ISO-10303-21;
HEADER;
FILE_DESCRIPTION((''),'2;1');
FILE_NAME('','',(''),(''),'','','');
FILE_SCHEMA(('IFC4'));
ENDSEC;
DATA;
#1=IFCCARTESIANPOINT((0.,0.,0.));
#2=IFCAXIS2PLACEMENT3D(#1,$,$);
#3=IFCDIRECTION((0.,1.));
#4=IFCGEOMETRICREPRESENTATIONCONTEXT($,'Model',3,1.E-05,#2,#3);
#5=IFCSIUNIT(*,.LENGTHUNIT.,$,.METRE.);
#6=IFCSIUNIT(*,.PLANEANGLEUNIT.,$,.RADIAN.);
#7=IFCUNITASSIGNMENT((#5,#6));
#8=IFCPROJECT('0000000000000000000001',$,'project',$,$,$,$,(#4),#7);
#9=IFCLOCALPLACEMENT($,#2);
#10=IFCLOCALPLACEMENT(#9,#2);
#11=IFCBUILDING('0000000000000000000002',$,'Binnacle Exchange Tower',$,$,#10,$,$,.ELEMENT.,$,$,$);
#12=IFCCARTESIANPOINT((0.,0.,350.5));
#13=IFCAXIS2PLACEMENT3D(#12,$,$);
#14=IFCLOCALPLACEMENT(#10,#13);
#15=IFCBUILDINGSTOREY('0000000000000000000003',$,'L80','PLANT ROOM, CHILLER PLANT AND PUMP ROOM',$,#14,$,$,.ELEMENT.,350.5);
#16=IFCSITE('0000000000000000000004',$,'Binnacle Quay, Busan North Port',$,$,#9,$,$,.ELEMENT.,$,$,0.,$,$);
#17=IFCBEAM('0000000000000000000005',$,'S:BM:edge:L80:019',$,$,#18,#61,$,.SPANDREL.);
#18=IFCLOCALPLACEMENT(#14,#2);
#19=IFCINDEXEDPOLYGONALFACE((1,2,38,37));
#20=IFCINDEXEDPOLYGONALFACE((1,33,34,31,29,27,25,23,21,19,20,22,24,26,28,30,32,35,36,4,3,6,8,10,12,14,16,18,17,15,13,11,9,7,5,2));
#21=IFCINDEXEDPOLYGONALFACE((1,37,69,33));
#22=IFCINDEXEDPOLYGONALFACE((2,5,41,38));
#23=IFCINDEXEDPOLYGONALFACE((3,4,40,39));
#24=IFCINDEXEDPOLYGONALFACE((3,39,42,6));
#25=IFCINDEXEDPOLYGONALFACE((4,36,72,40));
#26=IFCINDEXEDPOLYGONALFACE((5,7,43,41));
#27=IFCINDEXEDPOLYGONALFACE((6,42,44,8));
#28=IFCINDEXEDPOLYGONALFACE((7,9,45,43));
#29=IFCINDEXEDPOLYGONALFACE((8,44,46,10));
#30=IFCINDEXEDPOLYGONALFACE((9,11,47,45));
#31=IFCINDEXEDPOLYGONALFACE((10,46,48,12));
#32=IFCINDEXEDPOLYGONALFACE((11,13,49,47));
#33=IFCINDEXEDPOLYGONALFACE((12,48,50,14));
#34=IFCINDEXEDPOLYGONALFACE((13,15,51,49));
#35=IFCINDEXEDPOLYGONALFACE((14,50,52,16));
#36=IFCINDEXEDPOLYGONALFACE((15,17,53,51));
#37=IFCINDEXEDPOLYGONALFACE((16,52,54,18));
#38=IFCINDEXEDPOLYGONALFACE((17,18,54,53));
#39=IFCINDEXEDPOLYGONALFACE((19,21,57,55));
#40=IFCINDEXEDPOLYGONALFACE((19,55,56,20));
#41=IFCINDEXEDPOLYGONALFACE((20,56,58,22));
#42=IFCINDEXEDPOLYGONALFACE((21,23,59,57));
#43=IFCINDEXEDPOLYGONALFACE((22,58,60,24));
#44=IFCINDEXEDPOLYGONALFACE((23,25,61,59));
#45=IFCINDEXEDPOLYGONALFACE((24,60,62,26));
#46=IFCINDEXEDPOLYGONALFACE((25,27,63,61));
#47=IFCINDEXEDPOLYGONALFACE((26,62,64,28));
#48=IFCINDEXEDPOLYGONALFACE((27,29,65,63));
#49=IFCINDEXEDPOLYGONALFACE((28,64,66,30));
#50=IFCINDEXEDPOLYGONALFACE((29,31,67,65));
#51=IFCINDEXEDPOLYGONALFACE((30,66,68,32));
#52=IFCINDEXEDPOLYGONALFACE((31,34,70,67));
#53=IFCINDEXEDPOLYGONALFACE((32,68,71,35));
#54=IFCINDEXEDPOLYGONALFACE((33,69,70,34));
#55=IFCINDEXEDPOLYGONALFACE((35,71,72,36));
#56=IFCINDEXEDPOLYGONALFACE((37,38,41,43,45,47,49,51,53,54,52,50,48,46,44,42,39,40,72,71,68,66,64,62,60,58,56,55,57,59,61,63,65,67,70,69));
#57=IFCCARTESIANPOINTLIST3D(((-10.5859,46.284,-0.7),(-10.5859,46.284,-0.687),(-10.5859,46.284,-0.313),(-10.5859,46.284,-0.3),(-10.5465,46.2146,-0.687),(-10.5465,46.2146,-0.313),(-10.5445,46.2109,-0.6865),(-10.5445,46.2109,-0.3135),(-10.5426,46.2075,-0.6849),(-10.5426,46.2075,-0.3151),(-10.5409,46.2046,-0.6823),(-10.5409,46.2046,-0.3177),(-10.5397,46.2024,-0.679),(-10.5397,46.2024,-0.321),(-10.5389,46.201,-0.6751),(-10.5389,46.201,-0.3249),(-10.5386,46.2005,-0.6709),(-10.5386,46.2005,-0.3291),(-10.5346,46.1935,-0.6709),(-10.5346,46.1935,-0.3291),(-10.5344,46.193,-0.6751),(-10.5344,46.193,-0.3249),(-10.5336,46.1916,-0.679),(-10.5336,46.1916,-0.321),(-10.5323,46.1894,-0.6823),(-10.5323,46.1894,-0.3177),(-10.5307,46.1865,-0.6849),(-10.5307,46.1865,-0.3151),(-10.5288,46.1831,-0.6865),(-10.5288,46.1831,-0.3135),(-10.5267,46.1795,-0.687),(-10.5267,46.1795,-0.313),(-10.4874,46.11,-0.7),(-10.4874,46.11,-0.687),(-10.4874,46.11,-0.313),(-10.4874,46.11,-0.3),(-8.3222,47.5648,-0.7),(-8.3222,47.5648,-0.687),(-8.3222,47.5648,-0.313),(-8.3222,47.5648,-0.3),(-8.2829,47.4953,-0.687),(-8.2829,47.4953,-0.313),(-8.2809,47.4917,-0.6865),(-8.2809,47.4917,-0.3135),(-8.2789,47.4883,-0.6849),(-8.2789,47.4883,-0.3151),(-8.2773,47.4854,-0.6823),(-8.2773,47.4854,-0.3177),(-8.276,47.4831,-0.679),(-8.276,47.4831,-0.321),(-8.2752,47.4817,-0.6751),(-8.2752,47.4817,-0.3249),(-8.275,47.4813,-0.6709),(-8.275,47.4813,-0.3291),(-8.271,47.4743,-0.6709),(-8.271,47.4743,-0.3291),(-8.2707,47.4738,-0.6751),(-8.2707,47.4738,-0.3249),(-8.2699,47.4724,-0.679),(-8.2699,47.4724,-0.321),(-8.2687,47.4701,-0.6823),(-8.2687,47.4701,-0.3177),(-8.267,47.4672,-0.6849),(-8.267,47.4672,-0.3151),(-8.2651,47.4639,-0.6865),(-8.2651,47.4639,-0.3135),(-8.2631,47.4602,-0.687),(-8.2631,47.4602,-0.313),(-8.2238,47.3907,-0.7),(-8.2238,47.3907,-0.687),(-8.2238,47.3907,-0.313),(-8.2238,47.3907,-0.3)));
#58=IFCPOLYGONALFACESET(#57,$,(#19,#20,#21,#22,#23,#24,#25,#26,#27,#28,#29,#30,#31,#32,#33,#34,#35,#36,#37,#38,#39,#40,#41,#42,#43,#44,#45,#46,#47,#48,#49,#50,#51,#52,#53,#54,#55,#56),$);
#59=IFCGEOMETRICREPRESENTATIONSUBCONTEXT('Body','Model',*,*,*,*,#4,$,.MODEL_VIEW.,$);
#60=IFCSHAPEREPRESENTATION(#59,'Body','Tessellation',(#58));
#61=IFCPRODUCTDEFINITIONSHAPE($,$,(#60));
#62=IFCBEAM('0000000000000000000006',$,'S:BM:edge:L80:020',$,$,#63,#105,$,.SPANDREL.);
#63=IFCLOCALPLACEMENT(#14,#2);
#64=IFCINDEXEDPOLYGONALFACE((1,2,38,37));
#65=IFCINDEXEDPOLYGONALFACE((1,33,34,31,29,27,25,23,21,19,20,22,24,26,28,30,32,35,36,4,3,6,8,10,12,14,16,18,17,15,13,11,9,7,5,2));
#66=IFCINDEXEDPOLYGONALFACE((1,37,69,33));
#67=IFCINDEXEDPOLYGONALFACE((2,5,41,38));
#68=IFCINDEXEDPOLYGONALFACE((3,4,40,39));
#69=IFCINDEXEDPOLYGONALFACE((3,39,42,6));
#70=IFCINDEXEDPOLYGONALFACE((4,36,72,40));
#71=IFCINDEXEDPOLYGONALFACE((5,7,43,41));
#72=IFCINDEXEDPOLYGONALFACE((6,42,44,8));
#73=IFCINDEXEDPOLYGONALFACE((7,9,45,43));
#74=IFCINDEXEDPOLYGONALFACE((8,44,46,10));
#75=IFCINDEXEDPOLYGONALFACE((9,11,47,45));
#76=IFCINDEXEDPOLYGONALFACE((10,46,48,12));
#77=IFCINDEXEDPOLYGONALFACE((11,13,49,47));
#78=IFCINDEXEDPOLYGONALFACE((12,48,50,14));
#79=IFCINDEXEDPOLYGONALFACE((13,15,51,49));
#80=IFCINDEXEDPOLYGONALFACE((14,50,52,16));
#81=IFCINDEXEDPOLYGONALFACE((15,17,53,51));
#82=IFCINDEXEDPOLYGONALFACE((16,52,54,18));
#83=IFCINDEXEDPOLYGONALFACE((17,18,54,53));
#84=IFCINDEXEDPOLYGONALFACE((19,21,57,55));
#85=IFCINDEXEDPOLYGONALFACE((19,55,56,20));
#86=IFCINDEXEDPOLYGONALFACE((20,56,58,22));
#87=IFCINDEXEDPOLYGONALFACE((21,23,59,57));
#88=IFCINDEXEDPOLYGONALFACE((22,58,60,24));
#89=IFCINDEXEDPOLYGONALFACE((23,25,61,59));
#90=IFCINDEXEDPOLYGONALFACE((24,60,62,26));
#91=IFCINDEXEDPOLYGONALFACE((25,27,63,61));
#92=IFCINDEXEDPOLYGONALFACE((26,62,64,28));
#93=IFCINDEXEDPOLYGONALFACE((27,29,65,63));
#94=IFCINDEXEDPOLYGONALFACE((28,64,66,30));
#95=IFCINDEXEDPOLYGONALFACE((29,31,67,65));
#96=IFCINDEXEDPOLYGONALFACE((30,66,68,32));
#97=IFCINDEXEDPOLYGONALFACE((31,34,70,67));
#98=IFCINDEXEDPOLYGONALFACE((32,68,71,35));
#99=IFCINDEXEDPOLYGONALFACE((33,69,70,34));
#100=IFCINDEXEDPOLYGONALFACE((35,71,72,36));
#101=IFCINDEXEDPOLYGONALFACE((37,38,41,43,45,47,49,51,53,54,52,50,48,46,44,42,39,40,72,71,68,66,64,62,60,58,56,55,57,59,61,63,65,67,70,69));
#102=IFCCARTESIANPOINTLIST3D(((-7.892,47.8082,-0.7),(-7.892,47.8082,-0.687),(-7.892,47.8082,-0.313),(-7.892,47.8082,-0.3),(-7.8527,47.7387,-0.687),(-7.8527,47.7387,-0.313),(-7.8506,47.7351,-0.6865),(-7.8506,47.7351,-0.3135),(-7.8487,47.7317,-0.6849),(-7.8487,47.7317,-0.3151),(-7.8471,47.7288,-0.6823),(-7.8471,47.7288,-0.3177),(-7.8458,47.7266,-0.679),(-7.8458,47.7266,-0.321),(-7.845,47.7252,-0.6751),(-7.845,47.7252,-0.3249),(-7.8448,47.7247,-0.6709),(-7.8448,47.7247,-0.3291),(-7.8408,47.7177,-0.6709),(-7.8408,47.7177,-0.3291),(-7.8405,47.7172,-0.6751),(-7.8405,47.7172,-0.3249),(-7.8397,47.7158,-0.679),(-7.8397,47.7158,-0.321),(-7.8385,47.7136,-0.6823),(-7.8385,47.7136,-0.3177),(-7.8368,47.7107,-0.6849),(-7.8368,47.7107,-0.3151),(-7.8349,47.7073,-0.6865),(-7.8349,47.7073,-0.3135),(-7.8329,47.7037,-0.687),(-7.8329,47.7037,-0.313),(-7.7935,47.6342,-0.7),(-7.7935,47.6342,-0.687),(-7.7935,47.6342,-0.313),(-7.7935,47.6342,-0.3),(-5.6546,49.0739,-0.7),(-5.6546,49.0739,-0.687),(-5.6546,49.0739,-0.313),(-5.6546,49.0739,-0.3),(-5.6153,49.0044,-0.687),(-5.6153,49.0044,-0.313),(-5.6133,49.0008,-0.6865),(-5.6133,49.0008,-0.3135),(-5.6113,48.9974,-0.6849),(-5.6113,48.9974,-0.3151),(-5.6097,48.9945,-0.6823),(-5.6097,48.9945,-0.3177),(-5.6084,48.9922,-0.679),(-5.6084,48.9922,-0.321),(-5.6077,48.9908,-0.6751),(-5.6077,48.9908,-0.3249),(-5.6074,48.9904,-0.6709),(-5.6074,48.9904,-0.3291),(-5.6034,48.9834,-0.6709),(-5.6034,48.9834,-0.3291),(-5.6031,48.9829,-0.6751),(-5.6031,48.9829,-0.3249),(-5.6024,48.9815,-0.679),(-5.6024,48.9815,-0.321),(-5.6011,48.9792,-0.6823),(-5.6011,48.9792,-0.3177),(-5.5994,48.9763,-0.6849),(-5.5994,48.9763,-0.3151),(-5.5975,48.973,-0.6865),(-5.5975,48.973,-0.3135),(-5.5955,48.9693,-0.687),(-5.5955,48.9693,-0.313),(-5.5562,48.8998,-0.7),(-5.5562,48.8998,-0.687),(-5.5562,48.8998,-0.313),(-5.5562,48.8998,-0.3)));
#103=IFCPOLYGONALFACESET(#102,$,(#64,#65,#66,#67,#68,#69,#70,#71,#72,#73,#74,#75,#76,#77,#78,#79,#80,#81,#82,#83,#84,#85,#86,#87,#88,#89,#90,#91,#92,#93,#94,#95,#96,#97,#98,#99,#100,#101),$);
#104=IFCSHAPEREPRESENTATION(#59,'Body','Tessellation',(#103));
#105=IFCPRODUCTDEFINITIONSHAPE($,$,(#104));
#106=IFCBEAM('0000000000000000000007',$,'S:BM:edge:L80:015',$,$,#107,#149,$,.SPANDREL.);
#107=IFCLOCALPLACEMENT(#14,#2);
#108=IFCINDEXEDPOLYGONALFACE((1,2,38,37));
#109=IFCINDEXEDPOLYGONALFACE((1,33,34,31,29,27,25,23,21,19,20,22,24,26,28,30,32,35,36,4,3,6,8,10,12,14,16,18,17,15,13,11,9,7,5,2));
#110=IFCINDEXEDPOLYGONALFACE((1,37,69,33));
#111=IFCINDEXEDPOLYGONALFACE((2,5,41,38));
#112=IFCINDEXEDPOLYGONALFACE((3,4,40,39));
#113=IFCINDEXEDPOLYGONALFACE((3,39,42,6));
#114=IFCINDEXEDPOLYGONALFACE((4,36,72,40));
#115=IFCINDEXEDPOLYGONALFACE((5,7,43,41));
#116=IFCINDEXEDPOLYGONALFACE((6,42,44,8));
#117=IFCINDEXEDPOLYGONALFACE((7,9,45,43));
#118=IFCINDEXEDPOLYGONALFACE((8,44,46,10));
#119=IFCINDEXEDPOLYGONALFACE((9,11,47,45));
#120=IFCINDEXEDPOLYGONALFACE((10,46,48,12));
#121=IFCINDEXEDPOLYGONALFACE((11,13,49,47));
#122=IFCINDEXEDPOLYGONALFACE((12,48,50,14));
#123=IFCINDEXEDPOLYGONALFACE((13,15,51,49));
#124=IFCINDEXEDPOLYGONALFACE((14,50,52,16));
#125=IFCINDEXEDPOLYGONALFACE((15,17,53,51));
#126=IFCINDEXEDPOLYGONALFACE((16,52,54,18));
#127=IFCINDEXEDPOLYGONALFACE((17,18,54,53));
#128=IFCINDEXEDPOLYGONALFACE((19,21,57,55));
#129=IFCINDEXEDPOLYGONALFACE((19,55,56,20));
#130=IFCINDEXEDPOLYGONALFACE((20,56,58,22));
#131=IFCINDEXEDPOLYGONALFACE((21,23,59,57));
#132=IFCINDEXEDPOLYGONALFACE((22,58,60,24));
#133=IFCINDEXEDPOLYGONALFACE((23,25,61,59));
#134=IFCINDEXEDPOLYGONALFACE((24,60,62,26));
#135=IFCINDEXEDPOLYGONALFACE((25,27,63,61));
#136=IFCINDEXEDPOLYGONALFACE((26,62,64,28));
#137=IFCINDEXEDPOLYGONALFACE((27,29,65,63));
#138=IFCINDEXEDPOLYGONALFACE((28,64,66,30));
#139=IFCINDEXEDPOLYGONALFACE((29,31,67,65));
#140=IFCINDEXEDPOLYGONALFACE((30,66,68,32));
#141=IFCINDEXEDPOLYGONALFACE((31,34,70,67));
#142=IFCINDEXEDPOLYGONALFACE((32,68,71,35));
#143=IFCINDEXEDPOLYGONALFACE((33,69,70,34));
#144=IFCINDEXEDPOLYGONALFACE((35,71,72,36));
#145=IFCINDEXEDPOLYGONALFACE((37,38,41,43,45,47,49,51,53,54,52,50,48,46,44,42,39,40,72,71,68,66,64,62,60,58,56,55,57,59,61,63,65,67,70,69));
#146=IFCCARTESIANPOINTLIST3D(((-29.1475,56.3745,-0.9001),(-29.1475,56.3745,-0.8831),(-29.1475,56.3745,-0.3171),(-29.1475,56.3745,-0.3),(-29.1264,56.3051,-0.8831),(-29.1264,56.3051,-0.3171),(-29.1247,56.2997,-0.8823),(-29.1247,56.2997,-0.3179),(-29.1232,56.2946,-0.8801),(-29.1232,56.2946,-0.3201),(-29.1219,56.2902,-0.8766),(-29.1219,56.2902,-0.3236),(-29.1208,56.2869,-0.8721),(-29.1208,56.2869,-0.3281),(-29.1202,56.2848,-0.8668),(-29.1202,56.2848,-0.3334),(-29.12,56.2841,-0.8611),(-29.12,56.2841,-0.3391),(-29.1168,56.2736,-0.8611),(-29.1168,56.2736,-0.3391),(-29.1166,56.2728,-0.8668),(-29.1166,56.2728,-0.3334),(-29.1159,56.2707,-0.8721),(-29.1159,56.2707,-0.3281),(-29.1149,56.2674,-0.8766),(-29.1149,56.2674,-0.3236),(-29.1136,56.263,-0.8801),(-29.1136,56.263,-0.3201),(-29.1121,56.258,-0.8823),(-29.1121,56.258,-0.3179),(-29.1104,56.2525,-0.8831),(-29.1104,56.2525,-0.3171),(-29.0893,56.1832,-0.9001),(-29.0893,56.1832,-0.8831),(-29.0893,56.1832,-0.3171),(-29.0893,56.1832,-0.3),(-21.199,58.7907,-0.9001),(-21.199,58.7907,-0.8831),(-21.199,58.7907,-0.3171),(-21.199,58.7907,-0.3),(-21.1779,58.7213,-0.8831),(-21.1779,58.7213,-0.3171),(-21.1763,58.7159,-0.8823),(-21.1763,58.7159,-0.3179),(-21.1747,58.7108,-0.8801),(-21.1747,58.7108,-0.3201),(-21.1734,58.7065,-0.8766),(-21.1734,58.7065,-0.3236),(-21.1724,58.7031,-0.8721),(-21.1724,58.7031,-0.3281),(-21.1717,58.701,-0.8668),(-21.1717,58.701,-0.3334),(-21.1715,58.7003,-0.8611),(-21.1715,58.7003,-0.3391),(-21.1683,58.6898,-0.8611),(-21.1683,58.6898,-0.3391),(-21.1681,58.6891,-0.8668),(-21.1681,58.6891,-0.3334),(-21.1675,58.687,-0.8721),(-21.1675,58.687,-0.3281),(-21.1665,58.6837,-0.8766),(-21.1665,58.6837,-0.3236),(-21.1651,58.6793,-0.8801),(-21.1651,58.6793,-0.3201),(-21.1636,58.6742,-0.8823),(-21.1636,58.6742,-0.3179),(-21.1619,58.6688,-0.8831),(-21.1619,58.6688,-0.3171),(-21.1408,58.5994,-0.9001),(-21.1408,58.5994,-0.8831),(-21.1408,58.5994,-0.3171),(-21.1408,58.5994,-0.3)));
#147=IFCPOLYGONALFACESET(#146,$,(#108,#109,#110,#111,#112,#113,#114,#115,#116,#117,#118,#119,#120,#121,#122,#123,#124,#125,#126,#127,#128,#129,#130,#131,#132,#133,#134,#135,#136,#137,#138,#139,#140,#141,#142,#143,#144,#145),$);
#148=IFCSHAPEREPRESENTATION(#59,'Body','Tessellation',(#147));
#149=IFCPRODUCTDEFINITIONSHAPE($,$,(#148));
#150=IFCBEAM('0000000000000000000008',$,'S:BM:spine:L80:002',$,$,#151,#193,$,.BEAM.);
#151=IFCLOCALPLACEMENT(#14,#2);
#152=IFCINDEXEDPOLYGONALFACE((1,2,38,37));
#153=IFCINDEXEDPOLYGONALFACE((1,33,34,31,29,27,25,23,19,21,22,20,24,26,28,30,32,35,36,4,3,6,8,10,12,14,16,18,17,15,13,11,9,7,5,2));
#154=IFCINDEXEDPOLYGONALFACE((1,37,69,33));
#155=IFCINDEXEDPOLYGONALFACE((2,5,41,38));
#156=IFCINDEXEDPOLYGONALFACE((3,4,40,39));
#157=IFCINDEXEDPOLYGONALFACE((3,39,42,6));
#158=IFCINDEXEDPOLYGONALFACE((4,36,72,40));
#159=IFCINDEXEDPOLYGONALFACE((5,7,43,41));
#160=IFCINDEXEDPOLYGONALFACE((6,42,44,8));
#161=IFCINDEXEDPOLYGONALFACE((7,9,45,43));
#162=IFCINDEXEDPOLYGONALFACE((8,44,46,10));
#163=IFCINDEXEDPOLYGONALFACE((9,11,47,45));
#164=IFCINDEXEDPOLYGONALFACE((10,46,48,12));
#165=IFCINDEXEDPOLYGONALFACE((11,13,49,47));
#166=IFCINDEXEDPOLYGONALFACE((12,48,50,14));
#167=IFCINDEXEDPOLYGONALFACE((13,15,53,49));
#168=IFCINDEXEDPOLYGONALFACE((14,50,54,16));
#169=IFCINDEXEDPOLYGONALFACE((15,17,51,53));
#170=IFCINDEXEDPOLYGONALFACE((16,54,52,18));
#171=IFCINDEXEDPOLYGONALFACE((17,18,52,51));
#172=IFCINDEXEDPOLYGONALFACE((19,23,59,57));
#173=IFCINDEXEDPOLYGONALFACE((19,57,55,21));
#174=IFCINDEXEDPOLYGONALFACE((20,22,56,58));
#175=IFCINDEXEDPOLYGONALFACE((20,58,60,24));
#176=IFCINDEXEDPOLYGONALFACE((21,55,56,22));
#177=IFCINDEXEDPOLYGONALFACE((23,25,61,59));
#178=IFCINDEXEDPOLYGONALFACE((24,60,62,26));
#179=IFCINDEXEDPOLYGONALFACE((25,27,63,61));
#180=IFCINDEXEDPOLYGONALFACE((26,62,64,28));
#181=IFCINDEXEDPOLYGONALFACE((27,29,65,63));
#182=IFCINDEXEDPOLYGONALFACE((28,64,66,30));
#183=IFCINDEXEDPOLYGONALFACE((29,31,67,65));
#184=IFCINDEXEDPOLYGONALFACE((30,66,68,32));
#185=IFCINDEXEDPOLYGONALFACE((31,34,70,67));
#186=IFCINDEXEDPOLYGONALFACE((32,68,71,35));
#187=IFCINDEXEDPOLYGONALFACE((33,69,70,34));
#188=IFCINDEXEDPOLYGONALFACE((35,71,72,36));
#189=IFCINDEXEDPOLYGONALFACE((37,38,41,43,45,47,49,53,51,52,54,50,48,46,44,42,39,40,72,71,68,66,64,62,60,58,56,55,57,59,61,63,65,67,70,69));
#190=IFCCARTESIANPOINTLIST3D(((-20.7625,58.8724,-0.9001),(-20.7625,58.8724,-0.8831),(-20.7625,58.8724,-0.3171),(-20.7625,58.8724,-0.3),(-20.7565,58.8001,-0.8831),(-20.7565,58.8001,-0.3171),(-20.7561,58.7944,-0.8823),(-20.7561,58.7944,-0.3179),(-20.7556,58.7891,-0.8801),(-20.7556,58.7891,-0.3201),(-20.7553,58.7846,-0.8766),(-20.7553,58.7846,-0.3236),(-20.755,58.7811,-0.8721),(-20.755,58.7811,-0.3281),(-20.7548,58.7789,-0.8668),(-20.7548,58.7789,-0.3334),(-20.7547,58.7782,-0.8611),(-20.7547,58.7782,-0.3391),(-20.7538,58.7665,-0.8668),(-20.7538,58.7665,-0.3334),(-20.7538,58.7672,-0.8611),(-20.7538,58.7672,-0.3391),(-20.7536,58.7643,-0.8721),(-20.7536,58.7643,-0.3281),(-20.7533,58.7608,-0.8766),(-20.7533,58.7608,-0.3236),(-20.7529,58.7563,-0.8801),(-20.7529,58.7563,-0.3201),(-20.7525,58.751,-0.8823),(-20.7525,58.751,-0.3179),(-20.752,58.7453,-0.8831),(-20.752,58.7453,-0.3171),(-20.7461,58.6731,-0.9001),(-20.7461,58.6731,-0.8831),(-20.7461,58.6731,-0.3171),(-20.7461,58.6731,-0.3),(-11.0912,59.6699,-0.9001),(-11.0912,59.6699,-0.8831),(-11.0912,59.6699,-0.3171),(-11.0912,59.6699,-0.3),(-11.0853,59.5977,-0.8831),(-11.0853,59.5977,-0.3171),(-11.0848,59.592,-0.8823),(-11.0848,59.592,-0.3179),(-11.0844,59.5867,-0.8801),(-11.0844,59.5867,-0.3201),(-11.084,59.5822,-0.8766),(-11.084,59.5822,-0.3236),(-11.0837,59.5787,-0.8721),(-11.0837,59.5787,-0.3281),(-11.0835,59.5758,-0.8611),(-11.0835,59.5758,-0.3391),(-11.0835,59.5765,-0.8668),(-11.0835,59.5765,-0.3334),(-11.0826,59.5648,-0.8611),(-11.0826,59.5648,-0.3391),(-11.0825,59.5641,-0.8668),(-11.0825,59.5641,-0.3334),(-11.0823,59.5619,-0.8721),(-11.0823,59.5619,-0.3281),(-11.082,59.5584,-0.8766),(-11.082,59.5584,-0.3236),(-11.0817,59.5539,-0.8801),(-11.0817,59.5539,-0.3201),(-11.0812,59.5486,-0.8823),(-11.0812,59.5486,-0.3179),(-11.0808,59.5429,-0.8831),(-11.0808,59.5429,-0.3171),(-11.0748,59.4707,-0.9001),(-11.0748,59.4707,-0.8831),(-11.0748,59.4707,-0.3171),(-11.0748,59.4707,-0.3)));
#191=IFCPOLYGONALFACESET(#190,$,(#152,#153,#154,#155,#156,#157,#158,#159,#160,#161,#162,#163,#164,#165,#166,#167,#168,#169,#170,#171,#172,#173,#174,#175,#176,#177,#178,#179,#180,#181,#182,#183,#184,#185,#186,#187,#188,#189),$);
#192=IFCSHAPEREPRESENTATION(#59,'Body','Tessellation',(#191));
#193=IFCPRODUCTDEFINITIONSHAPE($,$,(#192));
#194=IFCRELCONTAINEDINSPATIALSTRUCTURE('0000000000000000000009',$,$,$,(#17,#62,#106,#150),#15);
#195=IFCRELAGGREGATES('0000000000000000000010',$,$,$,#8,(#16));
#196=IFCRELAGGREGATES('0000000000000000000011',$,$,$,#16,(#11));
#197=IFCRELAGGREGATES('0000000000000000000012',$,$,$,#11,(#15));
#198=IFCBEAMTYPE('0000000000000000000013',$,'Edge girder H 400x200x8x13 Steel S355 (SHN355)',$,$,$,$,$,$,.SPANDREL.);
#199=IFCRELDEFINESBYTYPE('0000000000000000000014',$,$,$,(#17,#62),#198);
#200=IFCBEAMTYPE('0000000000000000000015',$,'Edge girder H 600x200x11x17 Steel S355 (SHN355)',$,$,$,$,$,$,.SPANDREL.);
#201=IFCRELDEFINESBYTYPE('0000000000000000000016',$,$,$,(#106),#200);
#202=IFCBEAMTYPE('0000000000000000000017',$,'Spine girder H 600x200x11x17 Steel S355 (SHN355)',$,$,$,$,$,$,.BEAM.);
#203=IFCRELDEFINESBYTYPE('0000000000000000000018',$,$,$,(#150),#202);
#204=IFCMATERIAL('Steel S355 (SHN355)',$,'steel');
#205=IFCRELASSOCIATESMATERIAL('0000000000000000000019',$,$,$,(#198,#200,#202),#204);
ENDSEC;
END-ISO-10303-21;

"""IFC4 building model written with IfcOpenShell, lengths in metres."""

from ifc_helpers import new_model, si_unit, direction, frame, origin, origin_2d, place, context, subcontext, project, spatial, i_section, extrude, material, material_profile, profile_set, type_object, element, save


model = new_model("IFC4")

# Units and contexts
model_context = context("Model", 3, precision=1e-05, world=origin(), true_north=direction((0.0, 1.0)))
body_context = subcontext(model_context, "Body", "Model", "MODEL_VIEW")
ifc_project = project(units=[si_unit("LENGTHUNIT", "METRE"), si_unit("PLANEANGLEUNIT", "RADIAN")], contexts=[model_context])

# Site, building, storey
site_placement = place(None, origin())
site = spatial("IfcSite", under=ifc_project, at=site_placement, Name="Binnacle Quay, Busan North Port", CompositionType="ELEMENT", RefElevation=0.0)
building_placement = place(site_placement, origin())
building = spatial("IfcBuilding", under=site, at=building_placement, Name="Binnacle Exchange Tower", CompositionType="ELEMENT")
storey_placement = place(building_placement, frame((0.0, 0.0, 350.5)))
storey = spatial("IfcBuildingStorey", under=building, at=storey_placement, Name="L80", Description="PLANT ROOM, CHILLER PLANT AND PUMP ROOM", CompositionType="ELEMENT", Elevation=350.5)

# Shared definitions
ifc_material_1 = material(Name="Steel S355 (SHN355)", Category="steel")

# Beams
ifc_material_profile_1 = material_profile(ifc_material_1, i_section(OverallWidth=0.2, OverallDepth=0.3999, WebThickness=0.0081, FlangeThickness=0.0129, FilletRadius=0.0161, at=origin_2d()), Name="H 400x200x8x13")
ifc_profile_set_1 = profile_set([ifc_material_profile_1], Name="Steel S355 (SHN355)")
beam_type_1 = type_object("IfcBeamType", Name="Edge girder H 400x200x8x13 Steel S355 (SHN355)", PredefinedType="SPANDREL", material=ifc_profile_set_1)
beam_1_placement = place(storey_placement, frame((-10.5366, 46.197, -0.5), z_axis=(0.870349, 0.492435, 0.0), x_axis=(-0.492435, 0.870349, 0.0)))
element("IfcBeam", 1, at=beam_1_placement, inside=storey, type_object=beam_type_1, Name="S:BM:edge:L80:019", PredefinedType="SPANDREL", context=body_context, shape_type="SweptSolid", body=[
    extrude(i_section(OverallWidth=0.2, OverallDepth=0.3999, WebThickness=0.0081, FlangeThickness=0.0129, FilletRadius=0.0161, at=origin_2d()), origin(), (0.0, 0.0, 1.0), 2.6008),
])
beam_2_placement = place(storey_placement, frame((-7.8428, 47.7212, -0.5), z_axis=(0.870386, 0.49237, 0.0), x_axis=(-0.49237, 0.870386, 0.0)))
element("IfcBeam", 2, at=beam_2_placement, inside=storey, type_object=beam_type_1, Name="S:BM:edge:L80:020", PredefinedType="SPANDREL", context=body_context, shape_type="SweptSolid", body=[
    extrude(i_section(OverallWidth=0.2, OverallDepth=0.3999, WebThickness=0.0081, FlangeThickness=0.0129, FilletRadius=0.0161, at=origin_2d()), origin(), (0.0, 0.0, 1.0), 2.5706),
])
ifc_material_profile_2 = material_profile(ifc_material_1, i_section(OverallWidth=0.2, OverallDepth=0.6001, WebThickness=0.011, FlangeThickness=0.0171, FilletRadius=0.022, at=origin_2d()), Name="H 600x200x11x17")
ifc_profile_set_2 = profile_set([ifc_material_profile_2], Name="Steel S355 (SHN355)")
beam_type_2 = type_object("IfcBeamType", Name="Edge girder H 600x200x11x17 Steel S355 (SHN355)", PredefinedType="SPANDREL", material=ifc_profile_set_2)
beam_3_placement = place(storey_placement, frame((-21.1699, 58.6951, -0.6001), z_axis=(-0.956769, -0.290848, 0.0), x_axis=(0.290848, -0.956769, 0.0)))
element("IfcBeam", 3, at=beam_3_placement, inside=storey, type_object=beam_type_2, Name="S:BM:edge:L80:015", PredefinedType="SPANDREL", context=body_context, shape_type="SweptSolid", body=[
    extrude(i_section(OverallWidth=0.2, OverallDepth=0.6001, WebThickness=0.011, FlangeThickness=0.0171, FilletRadius=0.022, at=origin_2d()), origin(), (0.0, 0.0, 1.0), 8.3076),
])
ifc_material_profile_3 = material_profile(ifc_material_1, i_section(OverallWidth=0.2, OverallDepth=0.6001, WebThickness=0.011, FlangeThickness=0.0171, FilletRadius=0.022, at=origin_2d()), Name="H 600x200x11x17")
ifc_profile_set_3 = profile_set([ifc_material_profile_3], Name="Steel S355 (SHN355)")
beam_type_3 = type_object("IfcBeamType", Name="Spine girder H 600x200x11x17 Steel S355 (SHN355)", PredefinedType="BEAM", material=ifc_profile_set_3)
beam_4_placement = place(storey_placement, frame((-11.083, 59.5703, -0.6001), z_axis=(-0.996617, -0.082192, 0.0), x_axis=(0.082192, -0.996617, 0.0)))
element("IfcBeam", 4, at=beam_4_placement, inside=storey, type_object=beam_type_3, Name="S:BM:spine:L80:002", PredefinedType="BEAM", context=body_context, shape_type="SweptSolid", body=[
    extrude(i_section(OverallWidth=0.2, OverallDepth=0.6001, WebThickness=0.011, FlangeThickness=0.0171, FilletRadius=0.022, at=origin_2d()), origin(), (0.0, 0.0, 1.0), 9.7041),
])

save(model, "model.ifc")
